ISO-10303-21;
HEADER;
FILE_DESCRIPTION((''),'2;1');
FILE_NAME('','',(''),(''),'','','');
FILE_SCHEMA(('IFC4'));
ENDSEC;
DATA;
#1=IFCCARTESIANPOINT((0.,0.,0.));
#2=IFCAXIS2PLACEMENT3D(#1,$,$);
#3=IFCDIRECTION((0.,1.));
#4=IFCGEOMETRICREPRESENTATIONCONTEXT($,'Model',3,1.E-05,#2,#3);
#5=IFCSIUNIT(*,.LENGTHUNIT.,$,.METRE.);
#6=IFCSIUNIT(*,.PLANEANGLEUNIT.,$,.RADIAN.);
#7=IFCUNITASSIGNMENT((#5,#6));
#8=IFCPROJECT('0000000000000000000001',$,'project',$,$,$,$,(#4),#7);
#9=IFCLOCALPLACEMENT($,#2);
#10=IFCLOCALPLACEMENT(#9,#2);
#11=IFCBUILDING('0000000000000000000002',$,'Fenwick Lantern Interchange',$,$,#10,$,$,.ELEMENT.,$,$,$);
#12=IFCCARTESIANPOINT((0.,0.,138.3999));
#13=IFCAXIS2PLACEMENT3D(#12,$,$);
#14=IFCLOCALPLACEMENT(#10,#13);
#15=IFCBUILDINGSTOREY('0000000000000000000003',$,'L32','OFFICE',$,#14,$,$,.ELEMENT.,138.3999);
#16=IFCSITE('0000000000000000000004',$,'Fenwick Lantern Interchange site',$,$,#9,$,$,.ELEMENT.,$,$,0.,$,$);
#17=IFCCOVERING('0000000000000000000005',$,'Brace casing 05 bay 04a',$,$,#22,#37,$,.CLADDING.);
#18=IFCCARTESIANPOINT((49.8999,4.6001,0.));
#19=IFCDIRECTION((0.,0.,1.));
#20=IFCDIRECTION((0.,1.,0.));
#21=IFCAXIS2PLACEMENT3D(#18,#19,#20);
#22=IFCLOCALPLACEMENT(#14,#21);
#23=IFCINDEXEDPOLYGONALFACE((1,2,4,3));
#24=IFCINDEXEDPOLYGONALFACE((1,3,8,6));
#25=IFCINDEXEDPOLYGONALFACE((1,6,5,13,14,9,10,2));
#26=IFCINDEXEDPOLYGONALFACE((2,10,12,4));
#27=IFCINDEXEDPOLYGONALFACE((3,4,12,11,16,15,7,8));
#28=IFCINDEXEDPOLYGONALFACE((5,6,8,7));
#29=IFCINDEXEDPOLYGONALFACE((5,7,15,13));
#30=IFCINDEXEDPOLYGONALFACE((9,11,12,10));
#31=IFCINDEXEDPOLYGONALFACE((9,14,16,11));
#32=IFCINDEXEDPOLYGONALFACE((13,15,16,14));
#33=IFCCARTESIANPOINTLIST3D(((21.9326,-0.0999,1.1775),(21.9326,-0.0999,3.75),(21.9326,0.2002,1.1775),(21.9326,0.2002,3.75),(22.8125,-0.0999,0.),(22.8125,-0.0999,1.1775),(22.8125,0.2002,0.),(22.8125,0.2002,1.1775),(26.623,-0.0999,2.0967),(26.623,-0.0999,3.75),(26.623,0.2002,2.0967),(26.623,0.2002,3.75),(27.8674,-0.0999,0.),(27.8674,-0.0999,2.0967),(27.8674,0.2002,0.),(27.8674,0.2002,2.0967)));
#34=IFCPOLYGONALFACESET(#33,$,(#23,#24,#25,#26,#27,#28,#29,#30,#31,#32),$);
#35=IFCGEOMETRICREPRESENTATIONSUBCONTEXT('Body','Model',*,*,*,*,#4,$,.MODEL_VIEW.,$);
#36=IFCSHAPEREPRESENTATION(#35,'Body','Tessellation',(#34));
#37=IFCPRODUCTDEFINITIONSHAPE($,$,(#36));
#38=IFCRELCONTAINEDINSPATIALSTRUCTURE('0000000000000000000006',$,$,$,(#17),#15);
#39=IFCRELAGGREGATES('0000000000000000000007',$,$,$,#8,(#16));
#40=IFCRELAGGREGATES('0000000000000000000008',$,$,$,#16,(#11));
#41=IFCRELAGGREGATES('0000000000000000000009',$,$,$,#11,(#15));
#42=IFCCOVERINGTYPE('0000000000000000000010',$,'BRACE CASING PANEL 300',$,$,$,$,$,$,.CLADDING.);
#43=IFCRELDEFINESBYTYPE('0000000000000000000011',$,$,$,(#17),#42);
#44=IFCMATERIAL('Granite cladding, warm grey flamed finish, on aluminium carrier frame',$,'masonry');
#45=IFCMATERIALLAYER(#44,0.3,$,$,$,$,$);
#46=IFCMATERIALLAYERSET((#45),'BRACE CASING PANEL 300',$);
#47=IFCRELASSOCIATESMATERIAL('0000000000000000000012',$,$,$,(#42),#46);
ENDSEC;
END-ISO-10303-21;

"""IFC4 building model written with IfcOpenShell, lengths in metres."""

from ifc_helpers import new_model, si_unit, direction, frame, origin, place, context, subcontext, project, spatial, polyline, outline, extrude, material, layer, layer_set, type_object, element, save


model = new_model("IFC4")

# Units and contexts
model_context = context("Model", 3, precision=1e-05, world=origin(), true_north=direction((0.0, 1.0)))
body_context = subcontext(model_context, "Body", "Model", "MODEL_VIEW")
ifc_project = project(units=[si_unit("LENGTHUNIT", "METRE"), si_unit("PLANEANGLEUNIT", "RADIAN")], contexts=[model_context])

# Site, building, storey
site_placement = place(None, origin())
site = spatial("IfcSite", under=ifc_project, at=site_placement, Name="Fenwick Lantern Interchange site", CompositionType="ELEMENT", RefElevation=0.0)
building_placement = place(site_placement, origin())
building = spatial("IfcBuilding", under=site, at=building_placement, Name="Fenwick Lantern Interchange", CompositionType="ELEMENT")
storey_placement = place(building_placement, frame((0.0, 0.0, 138.3999)))
storey = spatial("IfcBuildingStorey", under=building, at=storey_placement, Name="L32", Description="OFFICE", CompositionType="ELEMENT", Elevation=138.3999)

# Covering
ifc_material_1 = material(Name="Granite cladding, warm grey flamed finish, on aluminium carrier frame", Category="masonry")
ifc_layer_1 = layer(ifc_material_1, 0.3)
ifc_layer_set_1 = layer_set([ifc_layer_1], Name="BRACE CASING PANEL 300")
covering_type = type_object("IfcCoveringType", Name="BRACE CASING PANEL 300", PredefinedType="CLADDING", material=ifc_layer_set_1)
covering_1_placement = place(storey_placement, frame((49.8999, 4.6001, 0.0), z_axis=(0.0, 0.0, 1.0), x_axis=(0.0, 1.0, 0.0)))
element("IfcCovering", 1, at=covering_1_placement, inside=storey, type_object=covering_type, Name="Brace casing 05 bay 04a", PredefinedType="CLADDING", context=body_context, shape_type="SweptSolid", body=[
    extrude(outline(polyline([(22.8125, 0.0), (27.8674, 0.0), (27.8674, 2.0967), (26.623, 2.0967), (26.623, 3.75), (21.9326, 3.75), (21.9326, 1.1775), (22.8125, 1.1775), (22.8125, 0.0)])), frame((0.0, 0.2002, 0.0), z_axis=(0.0, -1.0, 0.0), x_axis=(1.0, 0.0, 0.0)), (0.0, 0.0, 1.0), 0.3),
])

save(model, "model.ifc")
